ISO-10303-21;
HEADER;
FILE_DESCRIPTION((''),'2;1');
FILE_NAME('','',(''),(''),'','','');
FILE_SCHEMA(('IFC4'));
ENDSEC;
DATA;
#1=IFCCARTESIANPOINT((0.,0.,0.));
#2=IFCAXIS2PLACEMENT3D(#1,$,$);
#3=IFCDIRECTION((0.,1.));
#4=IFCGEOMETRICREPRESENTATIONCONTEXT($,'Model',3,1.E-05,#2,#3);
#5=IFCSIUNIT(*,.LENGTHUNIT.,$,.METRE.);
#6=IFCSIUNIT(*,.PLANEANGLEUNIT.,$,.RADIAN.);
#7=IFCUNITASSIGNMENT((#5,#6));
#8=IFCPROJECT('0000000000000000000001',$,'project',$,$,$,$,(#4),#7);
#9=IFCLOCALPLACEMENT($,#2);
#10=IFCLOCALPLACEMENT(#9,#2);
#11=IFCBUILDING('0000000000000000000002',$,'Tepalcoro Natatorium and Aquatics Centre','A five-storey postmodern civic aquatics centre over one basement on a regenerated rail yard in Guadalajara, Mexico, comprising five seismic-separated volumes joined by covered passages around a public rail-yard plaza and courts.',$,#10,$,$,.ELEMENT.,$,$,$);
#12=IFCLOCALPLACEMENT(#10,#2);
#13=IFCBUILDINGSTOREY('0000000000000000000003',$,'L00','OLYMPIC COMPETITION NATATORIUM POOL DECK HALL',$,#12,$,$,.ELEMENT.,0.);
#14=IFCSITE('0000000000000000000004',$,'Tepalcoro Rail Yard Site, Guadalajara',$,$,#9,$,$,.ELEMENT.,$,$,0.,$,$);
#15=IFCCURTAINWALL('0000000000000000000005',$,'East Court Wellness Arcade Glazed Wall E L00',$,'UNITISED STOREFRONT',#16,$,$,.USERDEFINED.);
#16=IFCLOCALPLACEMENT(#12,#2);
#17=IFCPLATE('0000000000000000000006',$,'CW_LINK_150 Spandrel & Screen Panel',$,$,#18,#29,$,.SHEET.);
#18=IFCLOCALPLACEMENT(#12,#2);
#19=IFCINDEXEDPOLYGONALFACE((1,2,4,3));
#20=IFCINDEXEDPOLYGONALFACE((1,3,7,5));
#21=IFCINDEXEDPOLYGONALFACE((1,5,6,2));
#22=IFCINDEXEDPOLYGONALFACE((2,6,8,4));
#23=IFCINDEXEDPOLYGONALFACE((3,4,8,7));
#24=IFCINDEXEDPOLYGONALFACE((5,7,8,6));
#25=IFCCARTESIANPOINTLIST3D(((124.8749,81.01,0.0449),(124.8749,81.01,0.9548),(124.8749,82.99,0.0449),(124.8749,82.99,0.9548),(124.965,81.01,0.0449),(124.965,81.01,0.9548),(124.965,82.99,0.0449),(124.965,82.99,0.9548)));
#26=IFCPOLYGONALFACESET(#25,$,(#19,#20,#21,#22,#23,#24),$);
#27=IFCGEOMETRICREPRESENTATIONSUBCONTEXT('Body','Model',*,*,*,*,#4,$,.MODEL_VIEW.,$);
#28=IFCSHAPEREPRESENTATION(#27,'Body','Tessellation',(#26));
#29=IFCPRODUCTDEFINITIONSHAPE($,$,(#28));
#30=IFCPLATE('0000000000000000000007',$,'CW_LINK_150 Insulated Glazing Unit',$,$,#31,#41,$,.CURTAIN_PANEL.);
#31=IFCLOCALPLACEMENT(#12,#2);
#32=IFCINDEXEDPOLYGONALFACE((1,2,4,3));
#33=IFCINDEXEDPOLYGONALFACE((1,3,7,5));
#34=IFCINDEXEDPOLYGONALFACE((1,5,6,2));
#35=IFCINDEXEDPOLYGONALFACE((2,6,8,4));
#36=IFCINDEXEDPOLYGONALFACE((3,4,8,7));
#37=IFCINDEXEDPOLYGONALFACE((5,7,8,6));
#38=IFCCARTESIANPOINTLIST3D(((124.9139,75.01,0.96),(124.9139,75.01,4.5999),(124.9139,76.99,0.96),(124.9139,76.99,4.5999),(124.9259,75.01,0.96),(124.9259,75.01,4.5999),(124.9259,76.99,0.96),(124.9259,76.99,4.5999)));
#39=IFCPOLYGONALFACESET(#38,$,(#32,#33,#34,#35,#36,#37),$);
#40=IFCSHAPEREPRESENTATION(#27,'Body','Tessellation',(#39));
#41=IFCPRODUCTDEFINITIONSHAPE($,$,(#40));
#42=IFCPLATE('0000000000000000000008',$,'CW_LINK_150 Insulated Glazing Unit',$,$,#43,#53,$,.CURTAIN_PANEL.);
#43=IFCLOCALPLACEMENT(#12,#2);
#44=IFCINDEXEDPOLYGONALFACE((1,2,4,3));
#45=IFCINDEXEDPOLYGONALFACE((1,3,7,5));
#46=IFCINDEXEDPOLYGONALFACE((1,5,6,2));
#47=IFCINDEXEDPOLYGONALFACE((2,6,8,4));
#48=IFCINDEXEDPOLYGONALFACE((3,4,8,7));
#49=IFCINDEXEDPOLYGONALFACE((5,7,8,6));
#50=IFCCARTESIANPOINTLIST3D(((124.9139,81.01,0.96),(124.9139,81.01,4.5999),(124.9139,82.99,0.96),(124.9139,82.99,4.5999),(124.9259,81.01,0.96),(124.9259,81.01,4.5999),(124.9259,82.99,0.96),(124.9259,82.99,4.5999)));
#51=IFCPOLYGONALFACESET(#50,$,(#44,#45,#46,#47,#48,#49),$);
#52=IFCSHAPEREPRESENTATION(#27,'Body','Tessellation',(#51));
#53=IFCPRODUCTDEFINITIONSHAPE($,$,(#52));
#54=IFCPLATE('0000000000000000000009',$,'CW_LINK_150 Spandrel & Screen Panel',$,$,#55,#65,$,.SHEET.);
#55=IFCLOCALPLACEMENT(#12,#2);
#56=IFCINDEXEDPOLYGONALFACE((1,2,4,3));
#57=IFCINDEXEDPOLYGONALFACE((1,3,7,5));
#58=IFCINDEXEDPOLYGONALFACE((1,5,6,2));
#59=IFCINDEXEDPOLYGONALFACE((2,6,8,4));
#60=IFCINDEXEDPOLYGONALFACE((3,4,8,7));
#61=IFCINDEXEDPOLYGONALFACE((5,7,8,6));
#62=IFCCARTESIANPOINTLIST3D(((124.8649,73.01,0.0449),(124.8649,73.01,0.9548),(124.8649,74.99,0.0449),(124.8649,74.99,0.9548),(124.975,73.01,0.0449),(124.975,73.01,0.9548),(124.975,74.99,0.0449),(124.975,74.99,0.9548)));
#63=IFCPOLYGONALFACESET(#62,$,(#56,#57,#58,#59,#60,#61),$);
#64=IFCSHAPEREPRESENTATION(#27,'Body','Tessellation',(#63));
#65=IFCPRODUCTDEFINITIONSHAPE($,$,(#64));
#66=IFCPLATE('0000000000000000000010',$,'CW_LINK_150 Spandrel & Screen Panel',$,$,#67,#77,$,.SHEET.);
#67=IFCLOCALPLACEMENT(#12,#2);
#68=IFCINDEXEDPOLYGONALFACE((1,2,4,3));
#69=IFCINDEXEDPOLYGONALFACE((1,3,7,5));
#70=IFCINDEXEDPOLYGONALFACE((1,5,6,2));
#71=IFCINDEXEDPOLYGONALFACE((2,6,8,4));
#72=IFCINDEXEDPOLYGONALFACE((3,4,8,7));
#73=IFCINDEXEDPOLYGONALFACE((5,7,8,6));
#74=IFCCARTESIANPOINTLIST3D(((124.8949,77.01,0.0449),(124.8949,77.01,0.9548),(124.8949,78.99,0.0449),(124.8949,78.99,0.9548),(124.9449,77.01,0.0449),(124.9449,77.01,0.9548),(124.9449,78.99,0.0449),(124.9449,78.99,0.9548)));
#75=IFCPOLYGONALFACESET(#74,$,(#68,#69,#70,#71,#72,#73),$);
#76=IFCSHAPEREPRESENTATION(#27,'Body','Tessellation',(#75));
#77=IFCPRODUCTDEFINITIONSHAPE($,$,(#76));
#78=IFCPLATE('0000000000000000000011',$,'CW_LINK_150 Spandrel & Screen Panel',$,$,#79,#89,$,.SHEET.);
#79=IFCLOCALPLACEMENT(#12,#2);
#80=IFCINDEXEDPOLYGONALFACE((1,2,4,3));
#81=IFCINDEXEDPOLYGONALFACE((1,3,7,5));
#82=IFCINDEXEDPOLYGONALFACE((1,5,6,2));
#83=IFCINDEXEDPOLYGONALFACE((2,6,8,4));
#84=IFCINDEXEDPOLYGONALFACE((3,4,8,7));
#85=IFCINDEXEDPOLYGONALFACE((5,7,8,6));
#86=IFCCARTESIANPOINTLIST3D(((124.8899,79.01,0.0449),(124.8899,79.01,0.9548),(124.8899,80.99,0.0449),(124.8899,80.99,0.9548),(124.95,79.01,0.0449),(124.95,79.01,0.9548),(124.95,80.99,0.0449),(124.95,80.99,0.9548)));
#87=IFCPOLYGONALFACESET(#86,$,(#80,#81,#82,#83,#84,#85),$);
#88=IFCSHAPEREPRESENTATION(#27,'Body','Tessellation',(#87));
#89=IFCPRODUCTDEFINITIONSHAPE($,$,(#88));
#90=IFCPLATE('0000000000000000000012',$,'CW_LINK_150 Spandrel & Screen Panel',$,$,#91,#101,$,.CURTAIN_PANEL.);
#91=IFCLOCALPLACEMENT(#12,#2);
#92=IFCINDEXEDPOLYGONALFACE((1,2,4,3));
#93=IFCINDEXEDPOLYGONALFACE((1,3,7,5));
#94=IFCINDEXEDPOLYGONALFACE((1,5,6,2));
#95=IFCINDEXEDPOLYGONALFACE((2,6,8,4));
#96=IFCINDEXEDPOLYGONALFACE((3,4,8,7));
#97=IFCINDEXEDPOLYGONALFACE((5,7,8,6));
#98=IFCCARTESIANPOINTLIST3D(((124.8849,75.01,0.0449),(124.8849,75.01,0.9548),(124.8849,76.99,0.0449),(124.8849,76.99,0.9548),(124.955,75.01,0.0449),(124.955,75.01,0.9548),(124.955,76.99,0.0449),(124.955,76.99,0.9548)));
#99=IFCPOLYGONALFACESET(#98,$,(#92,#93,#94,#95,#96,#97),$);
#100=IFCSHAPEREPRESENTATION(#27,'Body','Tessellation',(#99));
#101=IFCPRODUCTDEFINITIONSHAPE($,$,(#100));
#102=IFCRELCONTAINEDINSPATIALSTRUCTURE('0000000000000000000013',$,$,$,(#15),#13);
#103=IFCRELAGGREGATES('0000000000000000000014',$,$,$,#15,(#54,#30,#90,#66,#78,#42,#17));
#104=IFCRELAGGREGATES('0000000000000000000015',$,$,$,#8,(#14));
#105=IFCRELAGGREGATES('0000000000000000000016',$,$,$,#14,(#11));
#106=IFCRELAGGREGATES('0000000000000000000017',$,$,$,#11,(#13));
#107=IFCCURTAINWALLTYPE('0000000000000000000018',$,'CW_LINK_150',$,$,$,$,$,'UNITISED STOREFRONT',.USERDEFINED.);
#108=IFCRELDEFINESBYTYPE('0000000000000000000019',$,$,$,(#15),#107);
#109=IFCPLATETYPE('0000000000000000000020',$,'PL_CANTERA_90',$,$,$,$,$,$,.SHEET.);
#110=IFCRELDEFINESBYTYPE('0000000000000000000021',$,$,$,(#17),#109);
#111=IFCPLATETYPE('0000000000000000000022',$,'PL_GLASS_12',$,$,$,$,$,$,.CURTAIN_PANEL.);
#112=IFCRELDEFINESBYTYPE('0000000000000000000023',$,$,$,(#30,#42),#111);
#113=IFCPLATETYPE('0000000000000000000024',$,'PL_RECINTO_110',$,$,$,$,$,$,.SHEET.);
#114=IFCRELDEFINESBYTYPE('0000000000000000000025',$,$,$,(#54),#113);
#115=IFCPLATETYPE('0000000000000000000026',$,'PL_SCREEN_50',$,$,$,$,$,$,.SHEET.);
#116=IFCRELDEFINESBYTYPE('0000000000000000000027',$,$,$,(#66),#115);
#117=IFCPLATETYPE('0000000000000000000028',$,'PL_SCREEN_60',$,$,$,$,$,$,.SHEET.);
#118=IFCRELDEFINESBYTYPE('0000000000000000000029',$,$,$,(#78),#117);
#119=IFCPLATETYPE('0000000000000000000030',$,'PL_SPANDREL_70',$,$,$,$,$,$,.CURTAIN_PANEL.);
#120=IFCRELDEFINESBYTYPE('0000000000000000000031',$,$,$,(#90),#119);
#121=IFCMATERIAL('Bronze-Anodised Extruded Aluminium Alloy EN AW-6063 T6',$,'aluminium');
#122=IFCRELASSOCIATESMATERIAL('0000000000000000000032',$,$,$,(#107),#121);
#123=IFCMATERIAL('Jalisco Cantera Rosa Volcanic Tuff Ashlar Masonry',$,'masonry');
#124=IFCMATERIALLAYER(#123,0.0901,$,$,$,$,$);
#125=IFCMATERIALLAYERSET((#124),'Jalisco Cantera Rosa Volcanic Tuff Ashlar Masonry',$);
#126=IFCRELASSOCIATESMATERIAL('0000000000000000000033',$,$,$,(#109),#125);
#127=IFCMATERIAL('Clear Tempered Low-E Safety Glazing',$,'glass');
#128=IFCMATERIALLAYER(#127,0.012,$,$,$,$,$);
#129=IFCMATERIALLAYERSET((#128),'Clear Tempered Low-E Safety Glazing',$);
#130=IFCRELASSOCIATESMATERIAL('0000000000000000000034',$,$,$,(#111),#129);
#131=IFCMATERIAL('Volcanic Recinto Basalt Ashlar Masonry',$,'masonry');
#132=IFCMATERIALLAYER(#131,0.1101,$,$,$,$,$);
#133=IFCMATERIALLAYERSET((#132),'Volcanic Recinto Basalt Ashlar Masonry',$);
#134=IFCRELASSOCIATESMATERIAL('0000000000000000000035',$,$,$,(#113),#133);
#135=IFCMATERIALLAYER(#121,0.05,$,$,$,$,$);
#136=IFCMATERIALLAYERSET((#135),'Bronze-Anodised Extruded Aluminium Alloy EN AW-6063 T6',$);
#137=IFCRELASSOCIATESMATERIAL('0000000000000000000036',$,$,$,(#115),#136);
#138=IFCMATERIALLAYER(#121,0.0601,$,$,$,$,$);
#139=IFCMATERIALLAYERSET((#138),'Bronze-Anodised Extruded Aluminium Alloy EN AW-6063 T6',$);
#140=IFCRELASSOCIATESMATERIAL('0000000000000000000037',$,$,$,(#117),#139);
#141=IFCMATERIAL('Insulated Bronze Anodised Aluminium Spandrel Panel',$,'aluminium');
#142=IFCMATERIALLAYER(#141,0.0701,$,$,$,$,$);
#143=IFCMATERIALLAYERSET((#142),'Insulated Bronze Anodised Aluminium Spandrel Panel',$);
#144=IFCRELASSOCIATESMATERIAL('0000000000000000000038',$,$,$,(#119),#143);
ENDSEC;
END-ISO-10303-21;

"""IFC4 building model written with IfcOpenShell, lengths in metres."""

from ifc_helpers import new_model, si_unit, direction, frame, origin, origin_2d, place, context, subcontext, project, spatial, rectangle, extrude, material, layer, layer_set, type_object, element, aggregate, save


model = new_model("IFC4")

# Units and contexts
model_context = context("Model", 3, precision=1e-05, world=origin(), true_north=direction((0.0, 1.0)))
body_context = subcontext(model_context, "Body", "Model", "MODEL_VIEW")
ifc_project = project(units=[si_unit("LENGTHUNIT", "METRE"), si_unit("PLANEANGLEUNIT", "RADIAN")], contexts=[model_context])

# Site, building, storey
site_placement = place(None, origin())
site = spatial("IfcSite", under=ifc_project, at=site_placement, Name="Tepalcoro Rail Yard Site, Guadalajara", CompositionType="ELEMENT", RefElevation=0.0)
building_placement = place(site_placement, origin())
building = spatial("IfcBuilding", under=site, at=building_placement, Name="Tepalcoro Natatorium and Aquatics Centre", Description="A five-storey postmodern civic aquatics centre over one basement on a regenerated rail yard in Guadalajara, Mexico, comprising five seismic-separated volumes joined by covered passages around a public rail-yard plaza and courts.", CompositionType="ELEMENT")
storey_placement = place(building_placement, origin())
storey = spatial("IfcBuildingStorey", under=building, at=storey_placement, Name="L00", Description="OLYMPIC COMPETITION NATATORIUM POOL DECK HALL", CompositionType="ELEMENT", Elevation=0.0)

# Curtain wall
ifc_material_1 = material(Name="Bronze-Anodised Extruded Aluminium Alloy EN AW-6063 T6", Category="aluminium")
curtain_wall_type = type_object("IfcCurtainWallType", Name="CW_LINK_150", ElementType="UNITISED STOREFRONT", PredefinedType="USERDEFINED", material=ifc_material_1)
curtain_wall_placement = place(storey_placement, origin())
curtain_wall = element("IfcCurtainWall", 1, at=curtain_wall_placement, inside=storey, type_object=curtain_wall_type, Name="East Court Wellness Arcade Glazed Wall E L00", ObjectType="UNITISED STOREFRONT", PredefinedType="USERDEFINED")

# Plates
ifc_material_2 = material(Name="Jalisco Cantera Rosa Volcanic Tuff Ashlar Masonry", Category="masonry")
ifc_layer_1 = layer(ifc_material_2, 0.0901)
ifc_layer_set_1 = layer_set([ifc_layer_1], Name="Jalisco Cantera Rosa Volcanic Tuff Ashlar Masonry")
plate_type_1 = type_object("IfcPlateType", Name="PL_CANTERA_90", PredefinedType="SHEET", material=ifc_layer_set_1)
plate_1_placement = place(storey_placement, frame((124.9199, 82.0, 0.0449), z_axis=(0.0, 0.0, 1.0), x_axis=(1.0, 0.0, 0.0)))
plate_1 = element("IfcPlate", 2, at=plate_1_placement, type_object=plate_type_1, Name="CW_LINK_150 Spandrel & Screen Panel", PredefinedType="SHEET", context=body_context, shape_type="SweptSolid", body=[
    extrude(rectangle(XDim=0.0901, YDim=1.98, at=origin_2d()), origin(), (0.0, 0.0, 1.0), 0.9099),
])
ifc_material_3 = material(Name="Clear Tempered Low-E Safety Glazing", Category="glass")
ifc_layer_2 = layer(ifc_material_3, 0.012)
ifc_layer_set_2 = layer_set([ifc_layer_2], Name="Clear Tempered Low-E Safety Glazing")
plate_type_2 = type_object("IfcPlateType", Name="PL_GLASS_12", PredefinedType="CURTAIN_PANEL", material=ifc_layer_set_2)
plate_2_placement = place(storey_placement, frame((124.9199, 76.0, 0.96), z_axis=(0.0, 0.0, 1.0), x_axis=(1.0, 0.0, 0.0)))
plate_2 = element("IfcPlate", 3, at=plate_2_placement, type_object=plate_type_2, Name="CW_LINK_150 Insulated Glazing Unit", PredefinedType="CURTAIN_PANEL", context=body_context, shape_type="SweptSolid", body=[
    extrude(rectangle(XDim=0.012, YDim=1.98, at=origin_2d()), origin(), (0.0, 0.0, 1.0), 3.6399),
])
plate_3_placement = place(storey_placement, frame((124.9199, 82.0, 0.96), z_axis=(0.0, 0.0, 1.0), x_axis=(1.0, 0.0, 0.0)))
plate_3 = element("IfcPlate", 4, at=plate_3_placement, type_object=plate_type_2, Name="CW_LINK_150 Insulated Glazing Unit", PredefinedType="CURTAIN_PANEL", context=body_context, shape_type="SweptSolid", body=[
    extrude(rectangle(XDim=0.012, YDim=1.98, at=origin_2d()), origin(), (0.0, 0.0, 1.0), 3.6399),
])
ifc_material_4 = material(Name="Volcanic Recinto Basalt Ashlar Masonry", Category="masonry")
ifc_layer_3 = layer(ifc_material_4, 0.1101)
ifc_layer_set_3 = layer_set([ifc_layer_3], Name="Volcanic Recinto Basalt Ashlar Masonry")
plate_type_3 = type_object("IfcPlateType", Name="PL_RECINTO_110", PredefinedType="SHEET", material=ifc_layer_set_3)
plate_4_placement = place(storey_placement, frame((124.9199, 74.0, 0.0449), z_axis=(0.0, 0.0, 1.0), x_axis=(1.0, 0.0, 0.0)))
plate_4 = element("IfcPlate", 5, at=plate_4_placement, type_object=plate_type_3, Name="CW_LINK_150 Spandrel & Screen Panel", PredefinedType="SHEET", context=body_context, shape_type="SweptSolid", body=[
    extrude(rectangle(XDim=0.1101, YDim=1.98, at=origin_2d()), origin(), (0.0, 0.0, 1.0), 0.9099),
])
ifc_layer_4 = layer(ifc_material_1, 0.05)
ifc_layer_set_4 = layer_set([ifc_layer_4], Name="Bronze-Anodised Extruded Aluminium Alloy EN AW-6063 T6")
plate_type_4 = type_object("IfcPlateType", Name="PL_SCREEN_50", PredefinedType="SHEET", material=ifc_layer_set_4)
plate_5_placement = place(storey_placement, frame((124.9199, 78.0, 0.0449), z_axis=(0.0, 0.0, 1.0), x_axis=(1.0, 0.0, 0.0)))
plate_5 = element("IfcPlate", 6, at=plate_5_placement, type_object=plate_type_4, Name="CW_LINK_150 Spandrel & Screen Panel", PredefinedType="SHEET", context=body_context, shape_type="SweptSolid", body=[
    extrude(rectangle(XDim=0.05, YDim=1.98, at=origin_2d()), origin(), (0.0, 0.0, 1.0), 0.9099),
])
ifc_layer_5 = layer(ifc_material_1, 0.0601)
ifc_layer_set_5 = layer_set([ifc_layer_5], Name="Bronze-Anodised Extruded Aluminium Alloy EN AW-6063 T6")
plate_type_5 = type_object("IfcPlateType", Name="PL_SCREEN_60", PredefinedType="SHEET", material=ifc_layer_set_5)
plate_6_placement = place(storey_placement, frame((124.9199, 80.0, 0.0449), z_axis=(0.0, 0.0, 1.0), x_axis=(1.0, 0.0, 0.0)))
plate_6 = element("IfcPlate", 7, at=plate_6_placement, type_object=plate_type_5, Name="CW_LINK_150 Spandrel & Screen Panel", PredefinedType="SHEET", context=body_context, shape_type="SweptSolid", body=[
    extrude(rectangle(XDim=0.0601, YDim=1.98, at=origin_2d()), origin(), (0.0, 0.0, 1.0), 0.9099),
])
ifc_material_5 = material(Name="Insulated Bronze Anodised Aluminium Spandrel Panel", Category="aluminium")
ifc_layer_6 = layer(ifc_material_5, 0.0701)
ifc_layer_set_6 = layer_set([ifc_layer_6], Name="Insulated Bronze Anodised Aluminium Spandrel Panel")
plate_type_6 = type_object("IfcPlateType", Name="PL_SPANDREL_70", PredefinedType="CURTAIN_PANEL", material=ifc_layer_set_6)
plate_7_placement = place(storey_placement, frame((124.9199, 76.0, 0.0449), z_axis=(0.0, 0.0, 1.0), x_axis=(1.0, 0.0, 0.0)))
plate_7 = element("IfcPlate", 8, at=plate_7_placement, type_object=plate_type_6, Name="CW_LINK_150 Spandrel & Screen Panel", PredefinedType="CURTAIN_PANEL", context=body_context, shape_type="SweptSolid", body=[
    extrude(rectangle(XDim=0.0701, YDim=1.98, at=origin_2d()), origin(), (0.0, 0.0, 1.0), 0.9099),
])
aggregate(curtain_wall, [plate_4, plate_2, plate_7, plate_5, plate_6, plate_3, plate_1])

save(model, "model.ifc")
